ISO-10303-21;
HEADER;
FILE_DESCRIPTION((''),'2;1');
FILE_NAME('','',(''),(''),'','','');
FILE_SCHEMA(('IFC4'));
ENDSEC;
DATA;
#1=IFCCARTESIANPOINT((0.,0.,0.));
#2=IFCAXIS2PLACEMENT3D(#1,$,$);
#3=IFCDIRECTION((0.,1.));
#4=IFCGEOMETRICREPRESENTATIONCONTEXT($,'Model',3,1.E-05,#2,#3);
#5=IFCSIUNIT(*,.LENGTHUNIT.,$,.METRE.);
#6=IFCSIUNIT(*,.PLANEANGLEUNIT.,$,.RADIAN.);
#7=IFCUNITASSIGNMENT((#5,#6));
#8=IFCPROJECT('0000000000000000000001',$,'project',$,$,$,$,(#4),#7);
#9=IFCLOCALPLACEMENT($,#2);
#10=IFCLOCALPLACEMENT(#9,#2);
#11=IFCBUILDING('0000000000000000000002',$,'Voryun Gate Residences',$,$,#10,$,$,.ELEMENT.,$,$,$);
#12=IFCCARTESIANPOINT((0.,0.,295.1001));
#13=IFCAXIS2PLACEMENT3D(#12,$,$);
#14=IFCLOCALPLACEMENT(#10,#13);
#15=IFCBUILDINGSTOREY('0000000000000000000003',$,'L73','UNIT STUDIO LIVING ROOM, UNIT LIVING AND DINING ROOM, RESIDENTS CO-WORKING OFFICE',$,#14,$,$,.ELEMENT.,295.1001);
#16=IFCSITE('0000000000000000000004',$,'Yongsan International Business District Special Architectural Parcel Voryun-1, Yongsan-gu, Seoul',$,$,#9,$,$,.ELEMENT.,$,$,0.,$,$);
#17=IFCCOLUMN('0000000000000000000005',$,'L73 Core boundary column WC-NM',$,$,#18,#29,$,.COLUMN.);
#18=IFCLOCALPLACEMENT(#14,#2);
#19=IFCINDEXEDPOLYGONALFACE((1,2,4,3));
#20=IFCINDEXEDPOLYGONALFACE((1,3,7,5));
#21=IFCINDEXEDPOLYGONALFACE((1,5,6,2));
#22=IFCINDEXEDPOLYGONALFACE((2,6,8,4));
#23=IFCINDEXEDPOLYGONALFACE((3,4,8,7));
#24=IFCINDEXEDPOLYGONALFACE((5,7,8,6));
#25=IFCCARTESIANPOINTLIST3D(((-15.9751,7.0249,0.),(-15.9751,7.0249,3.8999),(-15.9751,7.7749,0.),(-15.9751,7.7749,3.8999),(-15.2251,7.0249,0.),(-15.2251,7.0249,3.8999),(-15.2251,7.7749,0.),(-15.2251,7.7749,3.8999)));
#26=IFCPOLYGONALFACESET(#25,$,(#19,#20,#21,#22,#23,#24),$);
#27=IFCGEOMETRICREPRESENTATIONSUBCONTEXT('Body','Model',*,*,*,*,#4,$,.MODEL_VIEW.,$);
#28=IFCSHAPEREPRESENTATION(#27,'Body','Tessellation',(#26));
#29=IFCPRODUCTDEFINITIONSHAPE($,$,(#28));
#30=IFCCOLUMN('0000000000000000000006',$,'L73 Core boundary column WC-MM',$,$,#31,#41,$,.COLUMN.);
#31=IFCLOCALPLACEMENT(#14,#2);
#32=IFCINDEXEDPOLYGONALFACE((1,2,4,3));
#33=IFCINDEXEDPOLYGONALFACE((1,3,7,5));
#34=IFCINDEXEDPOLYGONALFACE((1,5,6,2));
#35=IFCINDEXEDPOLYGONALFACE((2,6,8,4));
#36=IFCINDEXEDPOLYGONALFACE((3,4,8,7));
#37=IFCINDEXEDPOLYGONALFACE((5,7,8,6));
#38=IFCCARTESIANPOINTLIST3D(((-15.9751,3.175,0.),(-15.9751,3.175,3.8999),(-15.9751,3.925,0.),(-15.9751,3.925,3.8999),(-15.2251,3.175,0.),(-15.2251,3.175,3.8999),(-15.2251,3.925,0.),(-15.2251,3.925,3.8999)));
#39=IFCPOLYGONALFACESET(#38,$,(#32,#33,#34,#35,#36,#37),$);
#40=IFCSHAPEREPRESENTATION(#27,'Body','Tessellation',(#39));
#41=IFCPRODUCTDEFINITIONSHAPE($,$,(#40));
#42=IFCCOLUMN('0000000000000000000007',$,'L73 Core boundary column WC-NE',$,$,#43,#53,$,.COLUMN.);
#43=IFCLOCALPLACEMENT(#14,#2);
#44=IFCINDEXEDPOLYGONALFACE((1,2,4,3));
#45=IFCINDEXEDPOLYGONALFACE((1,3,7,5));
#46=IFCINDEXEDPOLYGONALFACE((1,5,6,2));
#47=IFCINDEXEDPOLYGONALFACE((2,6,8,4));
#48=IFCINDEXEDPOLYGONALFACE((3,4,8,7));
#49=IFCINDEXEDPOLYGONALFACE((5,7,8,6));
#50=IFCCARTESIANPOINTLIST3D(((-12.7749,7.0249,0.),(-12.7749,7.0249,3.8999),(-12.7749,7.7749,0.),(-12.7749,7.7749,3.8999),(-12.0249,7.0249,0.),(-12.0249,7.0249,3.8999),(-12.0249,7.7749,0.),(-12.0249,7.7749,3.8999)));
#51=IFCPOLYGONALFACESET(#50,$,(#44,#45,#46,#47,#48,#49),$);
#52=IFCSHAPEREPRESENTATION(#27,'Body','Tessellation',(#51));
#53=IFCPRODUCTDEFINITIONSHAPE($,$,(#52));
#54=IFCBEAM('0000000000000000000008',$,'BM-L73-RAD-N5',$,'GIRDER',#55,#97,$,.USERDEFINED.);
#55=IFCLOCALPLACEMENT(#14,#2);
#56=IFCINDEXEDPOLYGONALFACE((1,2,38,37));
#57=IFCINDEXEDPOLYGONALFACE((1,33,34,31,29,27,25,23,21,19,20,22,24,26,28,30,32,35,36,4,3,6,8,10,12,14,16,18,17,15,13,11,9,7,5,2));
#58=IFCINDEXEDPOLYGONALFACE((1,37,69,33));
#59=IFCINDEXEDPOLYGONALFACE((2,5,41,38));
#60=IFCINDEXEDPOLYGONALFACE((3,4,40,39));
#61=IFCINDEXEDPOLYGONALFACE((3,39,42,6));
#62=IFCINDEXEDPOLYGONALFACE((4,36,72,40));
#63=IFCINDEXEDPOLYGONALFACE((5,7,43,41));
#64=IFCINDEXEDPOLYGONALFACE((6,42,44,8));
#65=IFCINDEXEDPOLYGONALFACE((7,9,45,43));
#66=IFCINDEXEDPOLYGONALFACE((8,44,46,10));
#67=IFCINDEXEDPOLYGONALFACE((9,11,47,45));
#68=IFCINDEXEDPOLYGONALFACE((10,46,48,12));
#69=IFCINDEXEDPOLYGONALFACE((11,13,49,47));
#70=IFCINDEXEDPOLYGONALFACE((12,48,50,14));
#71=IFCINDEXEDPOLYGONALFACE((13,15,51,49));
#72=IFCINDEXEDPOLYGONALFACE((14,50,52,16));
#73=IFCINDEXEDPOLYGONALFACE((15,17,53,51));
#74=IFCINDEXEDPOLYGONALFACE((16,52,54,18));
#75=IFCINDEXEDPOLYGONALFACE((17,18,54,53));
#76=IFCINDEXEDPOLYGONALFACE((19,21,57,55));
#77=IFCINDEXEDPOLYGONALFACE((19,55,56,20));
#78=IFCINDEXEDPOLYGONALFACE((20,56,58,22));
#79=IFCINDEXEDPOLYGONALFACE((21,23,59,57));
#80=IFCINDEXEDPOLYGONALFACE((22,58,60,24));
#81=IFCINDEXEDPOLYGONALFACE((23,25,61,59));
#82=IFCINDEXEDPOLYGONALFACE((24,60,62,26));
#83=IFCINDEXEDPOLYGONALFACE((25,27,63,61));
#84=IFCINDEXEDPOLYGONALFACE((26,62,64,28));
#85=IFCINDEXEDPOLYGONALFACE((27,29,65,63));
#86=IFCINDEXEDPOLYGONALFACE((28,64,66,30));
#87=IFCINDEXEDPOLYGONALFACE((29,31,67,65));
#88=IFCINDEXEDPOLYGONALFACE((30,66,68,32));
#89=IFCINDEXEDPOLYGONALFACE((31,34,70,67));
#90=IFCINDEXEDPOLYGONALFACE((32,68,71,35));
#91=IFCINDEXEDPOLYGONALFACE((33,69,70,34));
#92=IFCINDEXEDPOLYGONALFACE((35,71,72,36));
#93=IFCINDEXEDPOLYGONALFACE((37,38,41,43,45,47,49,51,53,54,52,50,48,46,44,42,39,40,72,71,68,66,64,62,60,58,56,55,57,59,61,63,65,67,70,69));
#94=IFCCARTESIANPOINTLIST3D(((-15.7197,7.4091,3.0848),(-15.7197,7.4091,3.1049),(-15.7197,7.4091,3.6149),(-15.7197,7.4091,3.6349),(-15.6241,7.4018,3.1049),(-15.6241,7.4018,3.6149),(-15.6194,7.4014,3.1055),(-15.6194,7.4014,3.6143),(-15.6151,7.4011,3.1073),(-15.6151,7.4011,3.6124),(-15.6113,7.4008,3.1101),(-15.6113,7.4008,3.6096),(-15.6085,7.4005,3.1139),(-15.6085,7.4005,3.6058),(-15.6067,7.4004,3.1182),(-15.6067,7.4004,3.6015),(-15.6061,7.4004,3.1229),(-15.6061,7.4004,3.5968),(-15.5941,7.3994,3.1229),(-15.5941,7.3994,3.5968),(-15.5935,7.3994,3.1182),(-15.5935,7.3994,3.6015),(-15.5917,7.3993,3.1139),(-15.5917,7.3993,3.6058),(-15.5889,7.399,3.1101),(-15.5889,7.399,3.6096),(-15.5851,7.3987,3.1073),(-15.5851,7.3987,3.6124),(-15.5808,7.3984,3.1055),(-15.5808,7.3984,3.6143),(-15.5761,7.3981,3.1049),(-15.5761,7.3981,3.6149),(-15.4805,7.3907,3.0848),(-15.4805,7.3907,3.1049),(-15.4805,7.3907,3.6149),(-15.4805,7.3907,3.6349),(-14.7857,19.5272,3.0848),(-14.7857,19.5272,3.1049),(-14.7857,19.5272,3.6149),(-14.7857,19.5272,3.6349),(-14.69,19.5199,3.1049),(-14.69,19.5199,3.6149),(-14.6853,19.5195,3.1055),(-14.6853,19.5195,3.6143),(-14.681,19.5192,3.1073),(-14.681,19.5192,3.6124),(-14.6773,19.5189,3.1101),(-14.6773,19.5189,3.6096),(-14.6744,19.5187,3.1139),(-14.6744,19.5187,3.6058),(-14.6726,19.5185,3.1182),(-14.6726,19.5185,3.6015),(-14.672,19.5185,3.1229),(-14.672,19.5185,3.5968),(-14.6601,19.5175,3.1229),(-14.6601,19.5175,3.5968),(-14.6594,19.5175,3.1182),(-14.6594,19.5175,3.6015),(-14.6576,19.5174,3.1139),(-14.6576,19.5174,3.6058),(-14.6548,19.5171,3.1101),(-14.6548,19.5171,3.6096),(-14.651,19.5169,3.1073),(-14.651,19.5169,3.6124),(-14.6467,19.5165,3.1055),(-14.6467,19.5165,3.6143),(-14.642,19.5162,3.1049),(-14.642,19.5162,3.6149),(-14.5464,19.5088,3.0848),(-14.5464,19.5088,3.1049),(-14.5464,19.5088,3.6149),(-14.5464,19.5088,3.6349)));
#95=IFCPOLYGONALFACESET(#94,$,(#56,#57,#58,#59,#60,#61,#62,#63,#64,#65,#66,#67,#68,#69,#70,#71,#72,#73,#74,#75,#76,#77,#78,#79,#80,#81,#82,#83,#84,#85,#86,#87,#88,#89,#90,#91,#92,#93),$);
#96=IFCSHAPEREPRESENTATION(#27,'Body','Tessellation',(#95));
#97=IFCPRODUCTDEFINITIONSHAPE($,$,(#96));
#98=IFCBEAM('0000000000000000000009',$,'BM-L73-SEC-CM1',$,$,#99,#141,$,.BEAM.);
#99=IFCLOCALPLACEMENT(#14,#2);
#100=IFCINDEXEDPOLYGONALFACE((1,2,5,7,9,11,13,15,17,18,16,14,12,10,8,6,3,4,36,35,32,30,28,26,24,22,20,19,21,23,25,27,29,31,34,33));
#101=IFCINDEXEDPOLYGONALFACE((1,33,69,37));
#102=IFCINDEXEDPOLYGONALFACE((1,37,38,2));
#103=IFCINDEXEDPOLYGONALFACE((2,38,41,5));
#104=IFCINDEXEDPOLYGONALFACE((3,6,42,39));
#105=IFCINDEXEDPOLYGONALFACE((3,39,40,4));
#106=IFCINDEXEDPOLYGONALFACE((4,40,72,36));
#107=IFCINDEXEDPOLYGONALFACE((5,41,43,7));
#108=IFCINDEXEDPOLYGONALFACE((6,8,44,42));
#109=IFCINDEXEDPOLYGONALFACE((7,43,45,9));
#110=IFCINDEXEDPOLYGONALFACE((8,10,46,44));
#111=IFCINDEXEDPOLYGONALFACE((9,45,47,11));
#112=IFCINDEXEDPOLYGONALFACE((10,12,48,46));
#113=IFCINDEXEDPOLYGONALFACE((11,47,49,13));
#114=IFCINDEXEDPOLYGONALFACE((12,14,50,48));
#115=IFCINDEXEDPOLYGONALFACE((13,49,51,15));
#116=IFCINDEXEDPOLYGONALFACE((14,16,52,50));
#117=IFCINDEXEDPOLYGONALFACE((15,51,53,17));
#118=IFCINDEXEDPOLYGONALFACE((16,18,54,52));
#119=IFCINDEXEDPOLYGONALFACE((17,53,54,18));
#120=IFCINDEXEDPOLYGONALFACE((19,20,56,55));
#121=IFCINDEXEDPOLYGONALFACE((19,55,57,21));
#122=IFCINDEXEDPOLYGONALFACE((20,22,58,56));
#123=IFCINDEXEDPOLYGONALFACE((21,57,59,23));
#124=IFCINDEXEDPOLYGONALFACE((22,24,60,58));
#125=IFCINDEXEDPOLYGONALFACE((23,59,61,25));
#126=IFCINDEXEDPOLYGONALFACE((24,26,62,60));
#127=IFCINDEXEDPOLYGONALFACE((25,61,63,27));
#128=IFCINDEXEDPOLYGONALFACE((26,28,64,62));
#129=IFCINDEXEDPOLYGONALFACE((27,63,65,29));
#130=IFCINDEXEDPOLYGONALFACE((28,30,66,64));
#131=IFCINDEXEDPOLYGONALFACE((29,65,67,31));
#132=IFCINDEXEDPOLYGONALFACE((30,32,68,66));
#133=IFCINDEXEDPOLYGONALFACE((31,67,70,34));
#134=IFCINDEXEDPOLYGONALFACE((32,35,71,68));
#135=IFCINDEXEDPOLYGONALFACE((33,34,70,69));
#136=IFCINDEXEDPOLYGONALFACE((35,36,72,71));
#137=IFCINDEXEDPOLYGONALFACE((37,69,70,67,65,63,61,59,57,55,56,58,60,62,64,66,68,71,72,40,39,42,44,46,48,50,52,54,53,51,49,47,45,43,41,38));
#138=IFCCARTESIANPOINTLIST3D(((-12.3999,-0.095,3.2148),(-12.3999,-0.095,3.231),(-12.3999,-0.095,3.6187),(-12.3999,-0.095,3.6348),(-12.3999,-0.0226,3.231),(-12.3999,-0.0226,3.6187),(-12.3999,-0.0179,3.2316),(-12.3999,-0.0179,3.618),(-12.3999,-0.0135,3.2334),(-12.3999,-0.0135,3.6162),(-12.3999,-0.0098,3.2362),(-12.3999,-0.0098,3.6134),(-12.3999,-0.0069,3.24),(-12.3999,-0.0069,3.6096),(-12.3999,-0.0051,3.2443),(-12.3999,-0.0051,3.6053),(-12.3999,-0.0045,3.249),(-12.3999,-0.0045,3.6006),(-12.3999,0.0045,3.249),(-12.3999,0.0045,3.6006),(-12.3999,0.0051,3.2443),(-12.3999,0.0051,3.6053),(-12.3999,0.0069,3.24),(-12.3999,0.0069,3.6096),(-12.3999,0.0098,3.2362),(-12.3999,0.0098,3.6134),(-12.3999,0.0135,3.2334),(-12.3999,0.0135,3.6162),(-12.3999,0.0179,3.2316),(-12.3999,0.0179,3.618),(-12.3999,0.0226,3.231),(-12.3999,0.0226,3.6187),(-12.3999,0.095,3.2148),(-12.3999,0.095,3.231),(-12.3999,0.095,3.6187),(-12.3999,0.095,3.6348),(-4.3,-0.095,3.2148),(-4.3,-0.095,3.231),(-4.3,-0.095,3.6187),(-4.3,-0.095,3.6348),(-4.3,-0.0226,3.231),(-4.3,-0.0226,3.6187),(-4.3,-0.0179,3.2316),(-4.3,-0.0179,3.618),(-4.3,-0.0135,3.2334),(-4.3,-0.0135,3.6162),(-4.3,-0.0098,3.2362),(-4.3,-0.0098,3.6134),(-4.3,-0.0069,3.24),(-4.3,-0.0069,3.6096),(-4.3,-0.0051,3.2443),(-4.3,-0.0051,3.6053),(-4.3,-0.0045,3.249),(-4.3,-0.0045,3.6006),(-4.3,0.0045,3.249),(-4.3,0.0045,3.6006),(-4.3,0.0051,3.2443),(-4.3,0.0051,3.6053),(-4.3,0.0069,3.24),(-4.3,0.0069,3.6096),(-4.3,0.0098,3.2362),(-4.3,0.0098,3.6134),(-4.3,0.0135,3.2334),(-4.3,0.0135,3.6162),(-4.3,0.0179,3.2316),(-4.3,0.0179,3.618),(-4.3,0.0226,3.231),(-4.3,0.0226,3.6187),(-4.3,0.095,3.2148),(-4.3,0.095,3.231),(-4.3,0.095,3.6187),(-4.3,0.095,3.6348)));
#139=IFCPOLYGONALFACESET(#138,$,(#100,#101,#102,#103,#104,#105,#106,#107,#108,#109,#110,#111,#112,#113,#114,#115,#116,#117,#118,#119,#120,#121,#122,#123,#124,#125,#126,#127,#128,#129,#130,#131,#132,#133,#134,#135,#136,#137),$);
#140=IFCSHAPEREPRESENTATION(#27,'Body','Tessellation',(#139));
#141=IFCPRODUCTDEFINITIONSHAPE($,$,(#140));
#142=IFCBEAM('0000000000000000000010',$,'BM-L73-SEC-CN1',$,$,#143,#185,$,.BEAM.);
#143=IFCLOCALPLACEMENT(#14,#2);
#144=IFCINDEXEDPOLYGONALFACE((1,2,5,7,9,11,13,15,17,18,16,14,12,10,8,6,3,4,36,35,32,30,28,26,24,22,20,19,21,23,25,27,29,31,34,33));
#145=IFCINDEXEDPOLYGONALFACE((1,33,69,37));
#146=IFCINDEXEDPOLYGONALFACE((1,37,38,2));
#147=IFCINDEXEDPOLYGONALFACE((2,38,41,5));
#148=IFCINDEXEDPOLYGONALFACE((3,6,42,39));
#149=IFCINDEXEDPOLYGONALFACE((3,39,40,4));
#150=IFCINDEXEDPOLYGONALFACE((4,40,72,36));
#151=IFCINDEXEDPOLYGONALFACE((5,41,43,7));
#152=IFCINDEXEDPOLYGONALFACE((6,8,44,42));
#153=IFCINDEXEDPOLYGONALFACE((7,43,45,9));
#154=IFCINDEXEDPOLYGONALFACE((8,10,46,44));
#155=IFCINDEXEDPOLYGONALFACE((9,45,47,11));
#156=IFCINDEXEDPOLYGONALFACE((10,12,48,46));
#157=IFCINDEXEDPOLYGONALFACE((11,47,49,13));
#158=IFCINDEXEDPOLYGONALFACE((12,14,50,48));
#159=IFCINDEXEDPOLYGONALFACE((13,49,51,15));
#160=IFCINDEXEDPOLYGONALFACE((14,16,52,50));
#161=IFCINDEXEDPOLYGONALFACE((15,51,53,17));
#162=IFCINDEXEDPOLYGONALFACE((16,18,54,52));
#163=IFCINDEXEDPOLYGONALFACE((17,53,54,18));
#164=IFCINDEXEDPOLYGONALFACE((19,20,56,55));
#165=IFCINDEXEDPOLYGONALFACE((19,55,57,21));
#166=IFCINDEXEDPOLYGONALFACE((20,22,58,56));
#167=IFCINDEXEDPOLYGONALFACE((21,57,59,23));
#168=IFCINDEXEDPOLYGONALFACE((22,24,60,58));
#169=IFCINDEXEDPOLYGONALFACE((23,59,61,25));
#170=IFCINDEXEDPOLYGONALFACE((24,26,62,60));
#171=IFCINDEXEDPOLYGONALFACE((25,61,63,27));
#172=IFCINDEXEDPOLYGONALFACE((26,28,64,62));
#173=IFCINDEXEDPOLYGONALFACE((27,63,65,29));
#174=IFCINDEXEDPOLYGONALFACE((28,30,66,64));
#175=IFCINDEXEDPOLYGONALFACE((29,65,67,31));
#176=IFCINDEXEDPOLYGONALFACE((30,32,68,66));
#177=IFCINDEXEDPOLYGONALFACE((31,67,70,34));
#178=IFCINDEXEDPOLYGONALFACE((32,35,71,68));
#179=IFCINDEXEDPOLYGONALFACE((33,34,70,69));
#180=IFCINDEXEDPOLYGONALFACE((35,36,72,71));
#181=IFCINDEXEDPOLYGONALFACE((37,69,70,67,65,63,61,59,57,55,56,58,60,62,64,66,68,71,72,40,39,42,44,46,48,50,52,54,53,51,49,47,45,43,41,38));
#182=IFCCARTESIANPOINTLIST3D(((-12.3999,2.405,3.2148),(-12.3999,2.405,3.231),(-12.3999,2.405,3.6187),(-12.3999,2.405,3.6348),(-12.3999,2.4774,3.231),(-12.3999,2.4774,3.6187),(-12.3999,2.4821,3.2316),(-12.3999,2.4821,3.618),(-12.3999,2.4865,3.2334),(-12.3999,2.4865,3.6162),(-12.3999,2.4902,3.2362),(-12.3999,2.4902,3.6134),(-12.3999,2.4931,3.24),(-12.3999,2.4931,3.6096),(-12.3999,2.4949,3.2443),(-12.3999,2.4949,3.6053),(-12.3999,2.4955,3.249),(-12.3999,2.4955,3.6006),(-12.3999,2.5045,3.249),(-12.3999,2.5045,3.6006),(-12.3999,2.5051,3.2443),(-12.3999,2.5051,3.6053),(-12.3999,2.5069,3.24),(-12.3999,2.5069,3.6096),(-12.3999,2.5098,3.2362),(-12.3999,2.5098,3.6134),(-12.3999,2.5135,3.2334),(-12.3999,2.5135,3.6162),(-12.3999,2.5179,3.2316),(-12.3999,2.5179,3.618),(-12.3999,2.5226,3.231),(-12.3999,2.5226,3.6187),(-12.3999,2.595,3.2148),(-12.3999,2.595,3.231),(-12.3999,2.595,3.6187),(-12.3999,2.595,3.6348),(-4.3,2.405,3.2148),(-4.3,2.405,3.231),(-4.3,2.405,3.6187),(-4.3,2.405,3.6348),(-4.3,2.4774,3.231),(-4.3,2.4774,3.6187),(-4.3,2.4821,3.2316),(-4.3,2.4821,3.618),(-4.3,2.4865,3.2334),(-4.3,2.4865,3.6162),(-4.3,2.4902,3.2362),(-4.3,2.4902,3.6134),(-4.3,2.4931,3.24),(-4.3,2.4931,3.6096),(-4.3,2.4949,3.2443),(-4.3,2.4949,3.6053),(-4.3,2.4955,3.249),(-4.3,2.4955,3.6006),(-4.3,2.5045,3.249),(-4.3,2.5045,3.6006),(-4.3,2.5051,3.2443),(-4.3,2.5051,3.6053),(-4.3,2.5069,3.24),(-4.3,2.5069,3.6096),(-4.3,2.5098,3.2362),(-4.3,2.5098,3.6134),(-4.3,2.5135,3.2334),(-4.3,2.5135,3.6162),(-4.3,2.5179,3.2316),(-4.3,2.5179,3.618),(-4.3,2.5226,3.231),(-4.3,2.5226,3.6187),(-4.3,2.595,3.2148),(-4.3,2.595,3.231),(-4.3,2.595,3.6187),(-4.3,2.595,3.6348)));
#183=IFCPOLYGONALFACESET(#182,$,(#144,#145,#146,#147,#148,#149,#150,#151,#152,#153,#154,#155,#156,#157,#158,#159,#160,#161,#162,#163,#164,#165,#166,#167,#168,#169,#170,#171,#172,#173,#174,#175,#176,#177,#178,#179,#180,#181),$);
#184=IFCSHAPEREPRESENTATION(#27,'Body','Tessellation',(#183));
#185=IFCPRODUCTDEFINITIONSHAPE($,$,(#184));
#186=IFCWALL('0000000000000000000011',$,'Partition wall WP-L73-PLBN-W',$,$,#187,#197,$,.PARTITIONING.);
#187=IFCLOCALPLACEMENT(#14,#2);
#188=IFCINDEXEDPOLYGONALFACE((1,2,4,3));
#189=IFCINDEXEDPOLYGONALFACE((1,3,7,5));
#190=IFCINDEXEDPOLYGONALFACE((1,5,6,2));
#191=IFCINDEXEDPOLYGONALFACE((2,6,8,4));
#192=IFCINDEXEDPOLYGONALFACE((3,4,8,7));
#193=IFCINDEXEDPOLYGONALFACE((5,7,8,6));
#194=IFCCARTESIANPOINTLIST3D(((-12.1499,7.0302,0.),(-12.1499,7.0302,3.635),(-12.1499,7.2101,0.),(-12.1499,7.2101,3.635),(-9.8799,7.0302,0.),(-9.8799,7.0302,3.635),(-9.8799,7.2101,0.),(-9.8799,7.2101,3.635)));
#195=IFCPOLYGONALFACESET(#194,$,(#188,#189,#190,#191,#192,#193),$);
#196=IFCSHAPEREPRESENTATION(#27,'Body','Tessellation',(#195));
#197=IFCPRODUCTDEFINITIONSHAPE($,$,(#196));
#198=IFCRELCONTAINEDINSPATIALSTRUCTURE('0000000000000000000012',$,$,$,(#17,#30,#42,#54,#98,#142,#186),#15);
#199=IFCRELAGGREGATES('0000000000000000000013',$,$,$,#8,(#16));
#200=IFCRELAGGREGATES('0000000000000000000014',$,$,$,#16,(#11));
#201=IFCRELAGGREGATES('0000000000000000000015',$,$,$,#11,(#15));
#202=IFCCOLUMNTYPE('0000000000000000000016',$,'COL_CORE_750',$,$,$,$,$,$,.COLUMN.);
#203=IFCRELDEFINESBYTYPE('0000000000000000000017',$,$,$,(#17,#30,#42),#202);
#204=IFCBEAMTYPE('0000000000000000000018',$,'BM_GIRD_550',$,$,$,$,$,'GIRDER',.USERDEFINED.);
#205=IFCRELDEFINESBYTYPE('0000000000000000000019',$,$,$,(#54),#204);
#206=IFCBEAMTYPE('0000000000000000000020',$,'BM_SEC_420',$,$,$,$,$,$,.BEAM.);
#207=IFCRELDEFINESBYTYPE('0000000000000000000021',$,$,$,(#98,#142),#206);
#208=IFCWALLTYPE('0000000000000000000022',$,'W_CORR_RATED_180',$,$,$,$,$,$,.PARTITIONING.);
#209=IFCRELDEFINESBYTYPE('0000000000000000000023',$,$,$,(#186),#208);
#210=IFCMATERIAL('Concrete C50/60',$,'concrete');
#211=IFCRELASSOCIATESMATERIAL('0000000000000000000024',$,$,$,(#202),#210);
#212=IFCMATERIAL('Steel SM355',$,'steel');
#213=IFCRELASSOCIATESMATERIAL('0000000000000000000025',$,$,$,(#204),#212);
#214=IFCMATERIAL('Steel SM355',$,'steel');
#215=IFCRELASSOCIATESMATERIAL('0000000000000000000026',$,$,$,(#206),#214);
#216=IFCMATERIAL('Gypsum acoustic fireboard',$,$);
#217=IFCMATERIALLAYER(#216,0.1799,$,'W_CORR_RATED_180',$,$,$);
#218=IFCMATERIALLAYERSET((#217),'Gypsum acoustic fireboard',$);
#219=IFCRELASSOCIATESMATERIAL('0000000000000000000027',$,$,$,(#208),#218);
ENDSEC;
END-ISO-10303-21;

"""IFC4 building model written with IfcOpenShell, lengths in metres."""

from ifc_helpers import new_model, si_unit, direction, frame, frame_2d, origin, origin_2d, place, context, subcontext, project, spatial, rectangle, i_section, extrude, material, layer, layer_set, material_profile, profile_set, type_object, element, save


model = new_model("IFC4")

# Units and contexts
model_context = context("Model", 3, precision=1e-05, world=origin(), true_north=direction((0.0, 1.0)))
body_context = subcontext(model_context, "Body", "Model", "MODEL_VIEW")
ifc_project = project(units=[si_unit("LENGTHUNIT", "METRE"), si_unit("PLANEANGLEUNIT", "RADIAN")], contexts=[model_context])

# Site, building, storey
site_placement = place(None, origin())
site = spatial("IfcSite", under=ifc_project, at=site_placement, Name="Yongsan International Business District Special Architectural Parcel Voryun-1, Yongsan-gu, Seoul", CompositionType="ELEMENT", RefElevation=0.0)
building_placement = place(site_placement, origin())
building = spatial("IfcBuilding", under=site, at=building_placement, Name="Voryun Gate Residences", CompositionType="ELEMENT")
storey_placement = place(building_placement, frame((0.0, 0.0, 295.1001)))
storey = spatial("IfcBuildingStorey", under=building, at=storey_placement, Name="L73", Description="UNIT STUDIO LIVING ROOM, UNIT LIVING AND DINING ROOM, RESIDENTS CO-WORKING OFFICE", CompositionType="ELEMENT", Elevation=295.1001)

# Columns
ifc_material_1 = material(Name="Concrete C50/60", Category="concrete")
ifc_material_profile_1 = material_profile(ifc_material_1, rectangle(XDim=0.75, YDim=0.75, at=origin_2d()), Name="RC-750x750")
ifc_profile_set_1 = profile_set([ifc_material_profile_1], Name="Concrete C50/60")
column_type = type_object("IfcColumnType", Name="COL_CORE_750", PredefinedType="COLUMN", material=ifc_profile_set_1)
for number, where, z_axis, x_axis, name in (
    (1, (-15.6001, 7.3999, 0.0), (0.0, 0.0, 1.0), (1.0, 0.0, 0.0), "L73 Core boundary column WC-NM"),
    (2, (-15.6001, 3.55, 0.0), (0.0, 0.0, 1.0), (1.0, 0.0, 0.0), "L73 Core boundary column WC-MM"),
    (3, (-12.3999, 7.3999, 0.0), (0.0, 0.0, 1.0), (1.0, 0.0, 0.0), "L73 Core boundary column WC-NE"),
):
    element("IfcColumn", number, at=place(storey_placement, frame(where, z_axis=z_axis, x_axis=x_axis)), inside=storey, type_object=column_type, Name=name, PredefinedType="COLUMN", context=body_context, shape_type="SweptSolid", body=[
        extrude(rectangle(XDim=0.75, YDim=0.75, at=origin_2d()), origin(), (0.0, 0.0, 1.0), 3.8999),
    ])

# Beams
ifc_material_2 = material(Name="Steel SM355", Category="steel")
ifc_material_profile_2 = material_profile(ifc_material_2, i_section(OverallWidth=0.24, OverallDepth=0.55, WebThickness=0.012, FlangeThickness=0.02, FilletRadius=0.0181, at=origin_2d()), Name="H-550x240x12x20")
ifc_profile_set_2 = profile_set([ifc_material_profile_2], Name="Steel SM355")
beam_type_1 = type_object("IfcBeamType", Name="BM_GIRD_550", ElementType="GIRDER", PredefinedType="USERDEFINED", material=ifc_profile_set_2)
beam_placement = place(storey_placement, frame((-15.6001, 7.3999, 3.3599), z_axis=(0.076853, 0.997042, 0.0), x_axis=(-0.997042, 0.076853, 0.0)))
element("IfcBeam", 4, at=beam_placement, inside=storey, type_object=beam_type_1, Name="BM-L73-RAD-N5", ObjectType="GIRDER", PredefinedType="USERDEFINED", context=body_context, shape_type="SweptSolid", body=[
    extrude(i_section(OverallWidth=0.24, OverallDepth=0.55, WebThickness=0.012, FlangeThickness=0.02, FilletRadius=0.0181, at=origin_2d()), origin(), (0.0, 0.0, 1.0), 12.1541),
])
ifc_material_3 = material(Name="Steel SM355", Category="steel")
ifc_material_profile_3 = material_profile(ifc_material_3, i_section(OverallWidth=0.1899, OverallDepth=0.4199, WebThickness=0.009, FlangeThickness=0.0161, FilletRadius=0.0181, at=origin_2d()), Name="H-420x190x9x16")
ifc_profile_set_3 = profile_set([ifc_material_profile_3], Name="Steel SM355")
beam_type_2 = type_object("IfcBeamType", Name="BM_SEC_420", PredefinedType="BEAM", material=ifc_profile_set_3)
for number, where, z_axis, x_axis, name in (
    (5, (-12.3999, 0.0, 3.4248), (1.0, 0.0, 0.0), (0.0, 1.0, 0.0), "BM-L73-SEC-CM1"),
    (6, (-12.3999, 2.5, 3.4248), (1.0, 0.0, 0.0), (0.0, 1.0, 0.0), "BM-L73-SEC-CN1"),
):
    element("IfcBeam", number, at=place(storey_placement, frame(where, z_axis=z_axis, x_axis=x_axis)), inside=storey, type_object=beam_type_2, Name=name, PredefinedType="BEAM", context=body_context, shape_type="SweptSolid", body=[
        extrude(i_section(OverallWidth=0.1899, OverallDepth=0.4199, WebThickness=0.009, FlangeThickness=0.0161, FilletRadius=0.0181, at=origin_2d()), origin(), (0.0, 0.0, 1.0), 8.0999),
    ])

# Wall
ifc_material_4 = material(Name="Gypsum acoustic fireboard")
ifc_layer_1 = layer(ifc_material_4, 0.1799, Name="W_CORR_RATED_180")
ifc_layer_set_1 = layer_set([ifc_layer_1], Name="Gypsum acoustic fireboard")
wall_type_1 = type_object("IfcWallType", Name="W_CORR_RATED_180", PredefinedType="PARTITIONING", material=ifc_layer_set_1)
wall_1_placement = place(storey_placement, frame((-12.1499, 7.1201, 0.0), z_axis=(0.0, 0.0, 1.0), x_axis=(1.0, 0.0, 0.0)))
element("IfcWall", 7, at=wall_1_placement, inside=storey, type_object=wall_type_1, Name="Partition wall WP-L73-PLBN-W", PredefinedType="PARTITIONING", context=body_context, shape_type="SweptSolid", body=[
    extrude(rectangle(XDim=2.27, YDim=0.1799, at=frame_2d((1.135, 0.0))), origin(), (0.0, 0.0, 1.0), 3.635),
])

save(model, "model.ifc")
